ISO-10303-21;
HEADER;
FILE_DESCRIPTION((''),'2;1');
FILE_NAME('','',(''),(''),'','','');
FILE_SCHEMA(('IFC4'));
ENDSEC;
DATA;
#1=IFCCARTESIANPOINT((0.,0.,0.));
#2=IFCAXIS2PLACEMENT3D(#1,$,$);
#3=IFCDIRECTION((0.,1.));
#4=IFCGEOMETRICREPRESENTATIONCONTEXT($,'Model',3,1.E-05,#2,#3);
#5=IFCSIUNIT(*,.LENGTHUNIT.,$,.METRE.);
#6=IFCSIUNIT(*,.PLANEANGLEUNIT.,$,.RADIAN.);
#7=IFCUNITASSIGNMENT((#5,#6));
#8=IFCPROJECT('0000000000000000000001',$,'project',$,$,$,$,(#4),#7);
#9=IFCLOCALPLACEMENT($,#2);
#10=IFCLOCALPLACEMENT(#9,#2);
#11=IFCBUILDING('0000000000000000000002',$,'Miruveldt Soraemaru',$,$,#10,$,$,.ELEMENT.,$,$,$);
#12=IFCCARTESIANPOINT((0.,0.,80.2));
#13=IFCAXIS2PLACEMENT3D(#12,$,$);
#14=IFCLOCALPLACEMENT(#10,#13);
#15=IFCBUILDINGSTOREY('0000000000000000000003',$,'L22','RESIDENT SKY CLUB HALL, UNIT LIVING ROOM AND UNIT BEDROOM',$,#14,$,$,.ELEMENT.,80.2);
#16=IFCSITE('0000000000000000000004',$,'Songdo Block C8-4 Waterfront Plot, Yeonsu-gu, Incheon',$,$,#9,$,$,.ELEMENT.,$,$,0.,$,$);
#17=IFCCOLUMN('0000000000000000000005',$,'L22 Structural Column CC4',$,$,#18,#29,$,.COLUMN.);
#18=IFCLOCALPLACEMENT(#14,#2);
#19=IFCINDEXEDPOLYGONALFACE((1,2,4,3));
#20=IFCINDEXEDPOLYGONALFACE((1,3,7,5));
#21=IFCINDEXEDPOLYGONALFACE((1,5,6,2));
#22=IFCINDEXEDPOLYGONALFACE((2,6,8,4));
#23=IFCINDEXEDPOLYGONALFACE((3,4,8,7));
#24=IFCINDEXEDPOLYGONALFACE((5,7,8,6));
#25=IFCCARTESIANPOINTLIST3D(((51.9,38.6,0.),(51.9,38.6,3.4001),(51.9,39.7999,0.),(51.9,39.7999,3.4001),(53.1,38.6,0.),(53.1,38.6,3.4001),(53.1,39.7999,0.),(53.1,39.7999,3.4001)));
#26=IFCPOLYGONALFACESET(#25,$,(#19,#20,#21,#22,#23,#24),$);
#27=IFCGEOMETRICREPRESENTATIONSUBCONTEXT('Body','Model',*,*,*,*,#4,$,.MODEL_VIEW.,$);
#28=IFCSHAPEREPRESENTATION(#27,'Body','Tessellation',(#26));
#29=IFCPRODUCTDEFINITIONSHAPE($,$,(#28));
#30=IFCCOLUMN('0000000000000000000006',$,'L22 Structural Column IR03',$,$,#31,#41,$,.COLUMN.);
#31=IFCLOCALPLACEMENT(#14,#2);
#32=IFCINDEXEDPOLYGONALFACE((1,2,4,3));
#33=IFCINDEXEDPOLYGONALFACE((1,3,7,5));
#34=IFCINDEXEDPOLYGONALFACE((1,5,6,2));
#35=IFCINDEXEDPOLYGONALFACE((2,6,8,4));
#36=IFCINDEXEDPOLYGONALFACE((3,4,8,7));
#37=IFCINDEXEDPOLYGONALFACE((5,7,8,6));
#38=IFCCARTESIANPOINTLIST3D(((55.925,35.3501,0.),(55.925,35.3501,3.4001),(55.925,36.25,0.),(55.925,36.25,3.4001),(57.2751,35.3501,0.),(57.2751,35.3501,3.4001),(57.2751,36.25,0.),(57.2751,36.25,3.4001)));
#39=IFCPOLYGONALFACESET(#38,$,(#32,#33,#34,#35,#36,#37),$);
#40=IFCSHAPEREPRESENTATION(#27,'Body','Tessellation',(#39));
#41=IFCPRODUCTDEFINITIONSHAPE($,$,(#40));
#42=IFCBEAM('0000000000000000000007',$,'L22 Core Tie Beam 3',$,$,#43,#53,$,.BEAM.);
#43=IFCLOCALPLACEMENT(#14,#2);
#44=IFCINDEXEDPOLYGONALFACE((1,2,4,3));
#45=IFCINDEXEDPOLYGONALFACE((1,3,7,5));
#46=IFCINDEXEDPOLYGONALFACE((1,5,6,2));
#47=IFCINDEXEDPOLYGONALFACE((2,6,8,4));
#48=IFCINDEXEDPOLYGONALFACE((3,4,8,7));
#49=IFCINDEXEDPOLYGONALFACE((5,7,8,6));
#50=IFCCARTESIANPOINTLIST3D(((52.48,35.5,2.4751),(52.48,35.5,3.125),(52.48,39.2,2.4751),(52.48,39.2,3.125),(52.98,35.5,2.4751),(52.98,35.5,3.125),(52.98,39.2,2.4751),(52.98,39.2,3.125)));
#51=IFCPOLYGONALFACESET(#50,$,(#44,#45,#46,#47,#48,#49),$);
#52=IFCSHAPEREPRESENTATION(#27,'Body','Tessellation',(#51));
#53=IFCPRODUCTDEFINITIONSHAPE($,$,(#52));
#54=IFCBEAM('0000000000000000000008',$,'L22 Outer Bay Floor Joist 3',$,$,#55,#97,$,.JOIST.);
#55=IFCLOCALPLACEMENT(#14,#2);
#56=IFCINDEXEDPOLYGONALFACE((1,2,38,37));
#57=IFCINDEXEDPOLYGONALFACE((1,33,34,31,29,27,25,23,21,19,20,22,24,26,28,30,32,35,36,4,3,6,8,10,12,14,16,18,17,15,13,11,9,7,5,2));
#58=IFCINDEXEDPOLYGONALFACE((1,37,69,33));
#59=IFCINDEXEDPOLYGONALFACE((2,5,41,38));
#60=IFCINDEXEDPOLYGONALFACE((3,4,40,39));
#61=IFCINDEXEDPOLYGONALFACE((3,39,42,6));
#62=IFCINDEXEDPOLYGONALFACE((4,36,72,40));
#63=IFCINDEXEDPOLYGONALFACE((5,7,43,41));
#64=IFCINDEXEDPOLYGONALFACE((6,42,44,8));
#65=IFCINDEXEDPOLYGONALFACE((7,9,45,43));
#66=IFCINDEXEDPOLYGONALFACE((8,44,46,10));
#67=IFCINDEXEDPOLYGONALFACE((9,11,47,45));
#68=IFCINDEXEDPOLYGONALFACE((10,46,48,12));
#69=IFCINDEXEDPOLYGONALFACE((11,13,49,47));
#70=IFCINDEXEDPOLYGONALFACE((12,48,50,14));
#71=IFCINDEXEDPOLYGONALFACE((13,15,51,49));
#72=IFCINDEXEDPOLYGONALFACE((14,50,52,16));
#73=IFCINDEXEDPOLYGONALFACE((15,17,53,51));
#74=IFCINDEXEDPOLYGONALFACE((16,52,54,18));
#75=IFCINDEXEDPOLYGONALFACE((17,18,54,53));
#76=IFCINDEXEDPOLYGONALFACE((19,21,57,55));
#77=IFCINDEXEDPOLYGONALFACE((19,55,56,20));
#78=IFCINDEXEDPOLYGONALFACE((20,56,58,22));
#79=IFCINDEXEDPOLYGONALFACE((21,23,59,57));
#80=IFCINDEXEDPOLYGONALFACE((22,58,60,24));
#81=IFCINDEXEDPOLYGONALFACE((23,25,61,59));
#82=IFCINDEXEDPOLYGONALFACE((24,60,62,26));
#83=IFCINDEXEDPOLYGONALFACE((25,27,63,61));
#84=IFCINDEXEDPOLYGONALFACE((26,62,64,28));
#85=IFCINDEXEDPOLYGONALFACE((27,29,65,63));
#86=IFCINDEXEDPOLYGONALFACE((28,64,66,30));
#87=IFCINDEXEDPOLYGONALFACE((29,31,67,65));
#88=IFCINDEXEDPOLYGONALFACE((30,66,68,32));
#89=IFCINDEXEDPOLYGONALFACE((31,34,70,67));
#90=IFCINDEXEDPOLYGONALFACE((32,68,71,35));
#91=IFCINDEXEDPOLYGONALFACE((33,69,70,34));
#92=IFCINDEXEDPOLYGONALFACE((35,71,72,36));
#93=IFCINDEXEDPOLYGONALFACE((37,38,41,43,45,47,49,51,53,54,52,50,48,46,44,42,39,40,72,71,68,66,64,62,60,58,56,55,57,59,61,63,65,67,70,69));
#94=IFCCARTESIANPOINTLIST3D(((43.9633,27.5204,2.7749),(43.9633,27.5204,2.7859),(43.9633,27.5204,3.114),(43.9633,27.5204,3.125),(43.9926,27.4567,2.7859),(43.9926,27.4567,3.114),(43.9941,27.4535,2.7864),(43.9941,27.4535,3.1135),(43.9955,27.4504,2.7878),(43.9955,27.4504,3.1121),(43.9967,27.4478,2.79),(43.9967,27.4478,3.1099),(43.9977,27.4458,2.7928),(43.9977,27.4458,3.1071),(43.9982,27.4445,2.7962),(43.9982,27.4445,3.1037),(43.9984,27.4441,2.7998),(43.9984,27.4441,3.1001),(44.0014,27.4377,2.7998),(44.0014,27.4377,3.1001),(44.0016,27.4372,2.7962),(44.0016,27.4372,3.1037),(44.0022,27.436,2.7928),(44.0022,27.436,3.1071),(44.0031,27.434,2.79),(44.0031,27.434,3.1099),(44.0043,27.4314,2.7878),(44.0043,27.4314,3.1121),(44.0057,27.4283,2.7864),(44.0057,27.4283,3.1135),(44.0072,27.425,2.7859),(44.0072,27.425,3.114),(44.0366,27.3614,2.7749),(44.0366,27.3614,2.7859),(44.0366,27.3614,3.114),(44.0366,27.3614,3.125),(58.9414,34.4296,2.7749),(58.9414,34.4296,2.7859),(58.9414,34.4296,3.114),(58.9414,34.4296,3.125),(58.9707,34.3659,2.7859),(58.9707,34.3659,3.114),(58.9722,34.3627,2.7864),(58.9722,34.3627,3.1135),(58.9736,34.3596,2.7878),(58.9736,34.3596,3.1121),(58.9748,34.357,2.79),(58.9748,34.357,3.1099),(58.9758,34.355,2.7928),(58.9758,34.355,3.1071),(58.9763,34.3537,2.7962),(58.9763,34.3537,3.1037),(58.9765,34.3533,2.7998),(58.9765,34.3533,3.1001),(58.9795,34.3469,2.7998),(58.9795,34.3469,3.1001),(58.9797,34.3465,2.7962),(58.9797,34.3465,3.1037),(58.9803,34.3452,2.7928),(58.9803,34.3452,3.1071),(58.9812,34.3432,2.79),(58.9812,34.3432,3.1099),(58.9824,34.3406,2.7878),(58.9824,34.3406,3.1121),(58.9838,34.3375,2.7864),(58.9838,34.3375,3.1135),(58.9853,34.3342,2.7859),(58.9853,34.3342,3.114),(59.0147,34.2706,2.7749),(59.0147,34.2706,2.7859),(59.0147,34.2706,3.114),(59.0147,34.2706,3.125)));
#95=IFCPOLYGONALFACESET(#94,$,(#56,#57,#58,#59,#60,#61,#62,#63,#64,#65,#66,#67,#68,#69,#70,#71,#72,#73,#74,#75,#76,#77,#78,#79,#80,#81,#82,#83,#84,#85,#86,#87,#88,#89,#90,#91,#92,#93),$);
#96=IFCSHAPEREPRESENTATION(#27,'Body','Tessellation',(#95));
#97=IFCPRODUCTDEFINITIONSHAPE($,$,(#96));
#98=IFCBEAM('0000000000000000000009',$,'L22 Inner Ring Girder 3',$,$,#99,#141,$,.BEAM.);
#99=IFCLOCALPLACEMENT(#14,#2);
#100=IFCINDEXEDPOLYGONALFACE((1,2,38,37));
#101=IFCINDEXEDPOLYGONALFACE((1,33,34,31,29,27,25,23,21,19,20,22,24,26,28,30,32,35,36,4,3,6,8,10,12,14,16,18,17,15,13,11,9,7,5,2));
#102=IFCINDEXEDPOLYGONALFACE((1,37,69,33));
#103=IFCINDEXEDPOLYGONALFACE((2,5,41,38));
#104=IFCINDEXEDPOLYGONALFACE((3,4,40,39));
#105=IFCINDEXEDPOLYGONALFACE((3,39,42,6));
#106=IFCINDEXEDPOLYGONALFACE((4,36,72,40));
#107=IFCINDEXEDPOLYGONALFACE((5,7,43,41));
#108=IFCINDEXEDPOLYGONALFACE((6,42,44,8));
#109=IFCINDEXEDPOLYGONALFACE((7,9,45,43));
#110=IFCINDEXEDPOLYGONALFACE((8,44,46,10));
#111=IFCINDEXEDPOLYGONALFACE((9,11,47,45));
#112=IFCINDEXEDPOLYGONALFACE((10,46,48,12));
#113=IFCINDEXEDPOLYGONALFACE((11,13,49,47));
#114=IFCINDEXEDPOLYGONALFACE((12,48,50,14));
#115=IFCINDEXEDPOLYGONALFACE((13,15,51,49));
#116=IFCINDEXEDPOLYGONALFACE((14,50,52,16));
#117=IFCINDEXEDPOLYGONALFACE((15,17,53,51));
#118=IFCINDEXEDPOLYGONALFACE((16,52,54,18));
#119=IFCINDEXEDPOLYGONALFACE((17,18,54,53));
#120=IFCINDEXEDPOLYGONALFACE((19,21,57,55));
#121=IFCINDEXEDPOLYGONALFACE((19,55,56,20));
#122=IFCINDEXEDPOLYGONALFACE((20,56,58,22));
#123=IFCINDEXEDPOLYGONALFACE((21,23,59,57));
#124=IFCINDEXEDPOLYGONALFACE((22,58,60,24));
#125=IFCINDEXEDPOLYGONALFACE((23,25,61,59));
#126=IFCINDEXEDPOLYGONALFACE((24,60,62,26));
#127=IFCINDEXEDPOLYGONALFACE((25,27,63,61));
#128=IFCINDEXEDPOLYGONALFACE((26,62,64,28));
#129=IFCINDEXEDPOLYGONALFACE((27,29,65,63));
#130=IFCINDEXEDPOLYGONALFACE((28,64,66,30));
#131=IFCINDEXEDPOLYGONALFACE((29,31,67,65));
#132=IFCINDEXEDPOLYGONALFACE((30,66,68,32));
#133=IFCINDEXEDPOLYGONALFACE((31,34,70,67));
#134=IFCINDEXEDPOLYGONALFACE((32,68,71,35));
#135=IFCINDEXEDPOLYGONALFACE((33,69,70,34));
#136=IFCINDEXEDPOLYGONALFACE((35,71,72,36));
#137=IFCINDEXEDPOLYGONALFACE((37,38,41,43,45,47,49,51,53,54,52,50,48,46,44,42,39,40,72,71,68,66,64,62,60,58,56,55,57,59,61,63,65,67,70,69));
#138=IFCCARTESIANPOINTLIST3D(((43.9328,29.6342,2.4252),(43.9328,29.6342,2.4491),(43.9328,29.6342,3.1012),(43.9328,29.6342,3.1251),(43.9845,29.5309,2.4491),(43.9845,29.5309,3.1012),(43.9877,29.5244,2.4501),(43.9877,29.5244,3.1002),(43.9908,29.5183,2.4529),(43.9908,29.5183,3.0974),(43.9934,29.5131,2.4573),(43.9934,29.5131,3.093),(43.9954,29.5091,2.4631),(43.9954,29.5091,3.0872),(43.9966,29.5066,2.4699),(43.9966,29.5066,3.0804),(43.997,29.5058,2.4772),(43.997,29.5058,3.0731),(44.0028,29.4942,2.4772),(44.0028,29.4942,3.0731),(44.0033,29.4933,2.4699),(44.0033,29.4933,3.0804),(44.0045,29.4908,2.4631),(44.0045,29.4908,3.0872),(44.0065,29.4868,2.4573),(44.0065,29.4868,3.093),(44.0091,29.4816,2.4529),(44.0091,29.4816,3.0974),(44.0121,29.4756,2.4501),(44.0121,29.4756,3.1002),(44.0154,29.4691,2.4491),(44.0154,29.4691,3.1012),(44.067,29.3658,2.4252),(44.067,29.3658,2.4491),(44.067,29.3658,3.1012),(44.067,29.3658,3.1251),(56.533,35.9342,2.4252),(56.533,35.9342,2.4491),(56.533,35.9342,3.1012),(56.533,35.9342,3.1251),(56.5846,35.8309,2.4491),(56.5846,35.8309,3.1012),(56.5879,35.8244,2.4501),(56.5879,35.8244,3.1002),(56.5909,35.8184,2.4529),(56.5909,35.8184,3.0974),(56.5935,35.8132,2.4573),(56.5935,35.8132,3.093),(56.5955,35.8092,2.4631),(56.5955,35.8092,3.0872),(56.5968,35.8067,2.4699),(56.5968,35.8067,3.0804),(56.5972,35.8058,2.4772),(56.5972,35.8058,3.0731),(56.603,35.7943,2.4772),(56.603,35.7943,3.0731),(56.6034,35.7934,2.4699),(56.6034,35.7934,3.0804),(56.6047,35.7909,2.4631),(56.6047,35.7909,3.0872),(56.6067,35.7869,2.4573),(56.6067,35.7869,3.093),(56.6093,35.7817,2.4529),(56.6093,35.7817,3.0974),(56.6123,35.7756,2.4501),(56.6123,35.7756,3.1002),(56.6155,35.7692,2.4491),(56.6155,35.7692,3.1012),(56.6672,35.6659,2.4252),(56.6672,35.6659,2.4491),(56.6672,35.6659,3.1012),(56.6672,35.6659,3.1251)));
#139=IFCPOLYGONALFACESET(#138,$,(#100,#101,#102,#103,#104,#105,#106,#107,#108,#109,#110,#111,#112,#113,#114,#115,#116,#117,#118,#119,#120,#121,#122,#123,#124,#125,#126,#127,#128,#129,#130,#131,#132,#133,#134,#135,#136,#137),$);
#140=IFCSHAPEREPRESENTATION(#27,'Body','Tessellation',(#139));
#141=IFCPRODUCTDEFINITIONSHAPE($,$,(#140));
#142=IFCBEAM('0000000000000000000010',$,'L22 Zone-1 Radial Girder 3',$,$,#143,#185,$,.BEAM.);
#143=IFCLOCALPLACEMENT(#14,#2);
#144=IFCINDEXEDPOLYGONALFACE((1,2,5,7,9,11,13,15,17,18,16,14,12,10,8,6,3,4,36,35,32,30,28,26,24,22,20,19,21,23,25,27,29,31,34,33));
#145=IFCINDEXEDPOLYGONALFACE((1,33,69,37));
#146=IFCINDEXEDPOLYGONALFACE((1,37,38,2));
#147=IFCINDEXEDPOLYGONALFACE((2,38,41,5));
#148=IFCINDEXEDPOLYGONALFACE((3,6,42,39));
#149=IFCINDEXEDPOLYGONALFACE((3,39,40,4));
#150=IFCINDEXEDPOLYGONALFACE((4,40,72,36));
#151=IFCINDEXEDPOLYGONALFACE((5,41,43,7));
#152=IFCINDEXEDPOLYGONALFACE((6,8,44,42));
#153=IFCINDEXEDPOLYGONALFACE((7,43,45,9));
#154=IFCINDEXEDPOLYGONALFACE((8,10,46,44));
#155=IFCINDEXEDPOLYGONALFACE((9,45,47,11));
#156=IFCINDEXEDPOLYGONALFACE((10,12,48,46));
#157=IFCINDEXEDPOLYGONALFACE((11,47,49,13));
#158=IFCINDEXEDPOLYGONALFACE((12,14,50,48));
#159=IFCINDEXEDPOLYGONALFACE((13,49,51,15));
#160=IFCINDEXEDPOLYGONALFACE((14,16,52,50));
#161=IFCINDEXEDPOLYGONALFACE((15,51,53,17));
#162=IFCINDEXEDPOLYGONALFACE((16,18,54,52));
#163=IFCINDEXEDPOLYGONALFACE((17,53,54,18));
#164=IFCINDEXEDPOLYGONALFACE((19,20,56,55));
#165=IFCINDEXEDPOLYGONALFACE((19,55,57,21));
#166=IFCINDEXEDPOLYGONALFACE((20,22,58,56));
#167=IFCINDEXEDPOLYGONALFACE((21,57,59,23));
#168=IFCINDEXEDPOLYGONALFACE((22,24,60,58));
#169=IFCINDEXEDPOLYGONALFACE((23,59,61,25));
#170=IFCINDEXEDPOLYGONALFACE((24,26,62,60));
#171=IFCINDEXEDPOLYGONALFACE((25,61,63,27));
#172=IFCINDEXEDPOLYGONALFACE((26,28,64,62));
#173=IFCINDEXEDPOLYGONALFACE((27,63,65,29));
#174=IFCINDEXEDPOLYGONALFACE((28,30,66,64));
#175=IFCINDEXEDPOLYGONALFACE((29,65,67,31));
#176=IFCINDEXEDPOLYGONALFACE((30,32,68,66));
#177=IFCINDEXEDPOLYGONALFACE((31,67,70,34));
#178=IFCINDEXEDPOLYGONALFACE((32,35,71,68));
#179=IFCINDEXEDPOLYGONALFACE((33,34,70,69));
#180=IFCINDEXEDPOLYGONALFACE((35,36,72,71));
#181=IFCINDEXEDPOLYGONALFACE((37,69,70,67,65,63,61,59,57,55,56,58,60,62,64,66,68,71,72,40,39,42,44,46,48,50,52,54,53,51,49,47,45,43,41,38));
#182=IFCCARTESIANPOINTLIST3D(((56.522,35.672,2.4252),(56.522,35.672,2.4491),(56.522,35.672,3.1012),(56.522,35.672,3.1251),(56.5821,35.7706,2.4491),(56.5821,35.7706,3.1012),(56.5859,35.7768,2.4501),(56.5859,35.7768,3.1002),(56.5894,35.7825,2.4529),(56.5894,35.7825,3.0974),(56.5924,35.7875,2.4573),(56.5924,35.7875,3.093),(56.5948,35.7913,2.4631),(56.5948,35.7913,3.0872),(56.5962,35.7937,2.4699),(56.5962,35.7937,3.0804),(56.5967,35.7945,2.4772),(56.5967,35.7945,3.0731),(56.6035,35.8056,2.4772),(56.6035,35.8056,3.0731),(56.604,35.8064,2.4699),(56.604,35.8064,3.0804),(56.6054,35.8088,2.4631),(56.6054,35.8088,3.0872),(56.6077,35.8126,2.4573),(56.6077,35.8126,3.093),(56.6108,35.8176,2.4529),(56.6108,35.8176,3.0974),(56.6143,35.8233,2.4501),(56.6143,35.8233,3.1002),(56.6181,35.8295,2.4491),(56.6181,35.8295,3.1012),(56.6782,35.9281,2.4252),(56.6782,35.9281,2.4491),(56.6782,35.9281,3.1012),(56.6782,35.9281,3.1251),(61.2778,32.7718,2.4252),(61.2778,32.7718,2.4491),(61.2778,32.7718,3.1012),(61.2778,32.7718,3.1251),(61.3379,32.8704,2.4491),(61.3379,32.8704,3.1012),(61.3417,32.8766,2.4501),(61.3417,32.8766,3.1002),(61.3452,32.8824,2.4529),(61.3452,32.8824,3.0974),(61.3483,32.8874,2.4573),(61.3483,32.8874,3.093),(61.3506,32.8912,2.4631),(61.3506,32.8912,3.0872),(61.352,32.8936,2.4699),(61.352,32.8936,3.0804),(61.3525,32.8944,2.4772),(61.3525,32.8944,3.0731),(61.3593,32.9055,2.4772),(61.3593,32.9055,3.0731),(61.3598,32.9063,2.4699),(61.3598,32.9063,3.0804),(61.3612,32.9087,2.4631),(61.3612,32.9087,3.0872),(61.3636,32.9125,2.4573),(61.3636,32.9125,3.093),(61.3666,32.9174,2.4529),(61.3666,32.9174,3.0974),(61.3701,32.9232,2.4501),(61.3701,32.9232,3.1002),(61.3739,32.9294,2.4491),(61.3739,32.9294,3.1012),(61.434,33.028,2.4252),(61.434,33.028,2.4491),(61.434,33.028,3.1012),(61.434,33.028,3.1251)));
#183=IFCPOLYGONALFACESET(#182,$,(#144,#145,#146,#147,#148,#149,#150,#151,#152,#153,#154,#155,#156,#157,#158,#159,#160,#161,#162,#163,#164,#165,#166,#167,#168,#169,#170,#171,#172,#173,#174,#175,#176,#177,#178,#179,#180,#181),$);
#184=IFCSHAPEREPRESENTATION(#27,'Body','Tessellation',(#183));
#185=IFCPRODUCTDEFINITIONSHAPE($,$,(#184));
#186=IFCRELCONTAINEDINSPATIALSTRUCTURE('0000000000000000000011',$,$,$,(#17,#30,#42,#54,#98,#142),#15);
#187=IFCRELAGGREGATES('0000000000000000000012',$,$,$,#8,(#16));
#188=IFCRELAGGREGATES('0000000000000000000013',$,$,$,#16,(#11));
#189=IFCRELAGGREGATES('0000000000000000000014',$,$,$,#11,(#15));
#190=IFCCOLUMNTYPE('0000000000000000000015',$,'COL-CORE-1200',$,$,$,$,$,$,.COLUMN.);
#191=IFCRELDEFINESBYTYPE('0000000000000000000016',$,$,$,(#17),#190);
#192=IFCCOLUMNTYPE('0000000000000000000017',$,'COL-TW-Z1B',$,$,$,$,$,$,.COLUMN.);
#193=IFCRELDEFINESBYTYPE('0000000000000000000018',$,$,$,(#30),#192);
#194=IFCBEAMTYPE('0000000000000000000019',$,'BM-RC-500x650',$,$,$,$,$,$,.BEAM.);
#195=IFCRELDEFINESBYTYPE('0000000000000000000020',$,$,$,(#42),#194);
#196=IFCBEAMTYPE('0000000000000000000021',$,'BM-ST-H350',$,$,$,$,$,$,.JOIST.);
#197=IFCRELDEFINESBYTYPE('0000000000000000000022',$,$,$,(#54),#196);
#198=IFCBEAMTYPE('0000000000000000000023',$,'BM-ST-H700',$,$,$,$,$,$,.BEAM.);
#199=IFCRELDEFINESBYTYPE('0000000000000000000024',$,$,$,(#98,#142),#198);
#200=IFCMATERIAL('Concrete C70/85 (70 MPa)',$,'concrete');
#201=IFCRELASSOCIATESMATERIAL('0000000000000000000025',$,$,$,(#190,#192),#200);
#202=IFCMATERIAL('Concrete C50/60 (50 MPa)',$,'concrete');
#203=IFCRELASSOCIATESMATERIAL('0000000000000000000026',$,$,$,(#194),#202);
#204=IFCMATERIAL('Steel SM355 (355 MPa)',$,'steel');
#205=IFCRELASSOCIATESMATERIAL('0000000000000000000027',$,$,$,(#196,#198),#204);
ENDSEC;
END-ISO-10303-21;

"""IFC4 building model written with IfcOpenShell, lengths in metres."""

from ifc_helpers import new_model, si_unit, direction, frame, origin, origin_2d, place, context, subcontext, project, spatial, rectangle, i_section, extrude, material, material_profile, profile_set, type_object, element, save


model = new_model("IFC4")

# Units and contexts
model_context = context("Model", 3, precision=1e-05, world=origin(), true_north=direction((0.0, 1.0)))
body_context = subcontext(model_context, "Body", "Model", "MODEL_VIEW")
ifc_project = project(units=[si_unit("LENGTHUNIT", "METRE"), si_unit("PLANEANGLEUNIT", "RADIAN")], contexts=[model_context])

# Site, building, storey
site_placement = place(None, origin())
site = spatial("IfcSite", under=ifc_project, at=site_placement, Name="Songdo Block C8-4 Waterfront Plot, Yeonsu-gu, Incheon", CompositionType="ELEMENT", RefElevation=0.0)
building_placement = place(site_placement, origin())
building = spatial("IfcBuilding", under=site, at=building_placement, Name="Miruveldt Soraemaru", CompositionType="ELEMENT")
storey_placement = place(building_placement, frame((0.0, 0.0, 80.2)))
storey = spatial("IfcBuildingStorey", under=building, at=storey_placement, Name="L22", Description="RESIDENT SKY CLUB HALL, UNIT LIVING ROOM AND UNIT BEDROOM", CompositionType="ELEMENT", Elevation=80.2)

# Columns
ifc_material_1 = material(Name="Concrete C70/85 (70 MPa)", Category="concrete")
ifc_material_profile_1 = material_profile(ifc_material_1, rectangle(XDim=1.2, YDim=1.2, at=origin_2d()), Name="Concrete C70/85 (70 MPa)", Category="concrete")
ifc_profile_set_1 = profile_set([ifc_material_profile_1], Name="Concrete C70/85 (70 MPa)")
column_type_1 = type_object("IfcColumnType", Name="COL-CORE-1200", PredefinedType="COLUMN", material=ifc_profile_set_1)
column_1_placement = place(storey_placement, frame((52.5, 39.2, 0.0), z_axis=(0.0, 0.0, 1.0), x_axis=(1.0, 0.0, 0.0)))
element("IfcColumn", 1, at=column_1_placement, inside=storey, type_object=column_type_1, Name="L22 Structural Column CC4", PredefinedType="COLUMN", context=body_context, shape_type="SweptSolid", body=[
    extrude(rectangle(XDim=1.2, YDim=1.2, at=origin_2d()), origin(), (0.0, 0.0, 1.0), 3.4001),
])
ifc_material_profile_2 = material_profile(ifc_material_1, rectangle(XDim=1.3501, YDim=0.8999, at=origin_2d()), Name="Concrete C70/85 (70 MPa)", Category="concrete")
ifc_profile_set_2 = profile_set([ifc_material_profile_2], Name="Concrete C70/85 (70 MPa)")
column_type_2 = type_object("IfcColumnType", Name="COL-TW-Z1B", PredefinedType="COLUMN", material=ifc_profile_set_2)
column_2_placement = place(storey_placement, frame((56.6001, 35.8, 0.0), z_axis=(0.0, 0.0, 1.0), x_axis=(1.0, 0.0, 0.0)))
element("IfcColumn", 2, at=column_2_placement, inside=storey, type_object=column_type_2, Name="L22 Structural Column IR03", PredefinedType="COLUMN", context=body_context, shape_type="SweptSolid", body=[
    extrude(rectangle(XDim=1.3501, YDim=0.8999, at=origin_2d()), origin(), (0.0, 0.0, 1.0), 3.4001),
])

# Beams
ifc_material_2 = material(Name="Concrete C50/60 (50 MPa)", Category="concrete")
ifc_material_profile_3 = material_profile(ifc_material_2, rectangle(XDim=0.5, YDim=0.6499, at=origin_2d()), Name="Concrete C50/60 (50 MPa)", Category="concrete")
ifc_profile_set_3 = profile_set([ifc_material_profile_3], Name="Concrete C50/60 (50 MPa)")
beam_type_1 = type_object("IfcBeamType", Name="BM-RC-500x650", PredefinedType="BEAM", material=ifc_profile_set_3)
beam_1_placement = place(storey_placement, frame((52.73, 35.5, 2.8), z_axis=(0.0, 1.0, 0.0), x_axis=(-1.0, 0.0, 0.0)))
element("IfcBeam", 3, at=beam_1_placement, inside=storey, type_object=beam_type_1, Name="L22 Core Tie Beam 3", PredefinedType="BEAM", context=body_context, shape_type="SweptSolid", body=[
    extrude(rectangle(XDim=0.5, YDim=0.6499, at=origin_2d()), origin(), (0.0, 0.0, 1.0), 3.7),
])
ifc_material_3 = material(Name="Steel SM355 (355 MPa)", Category="steel")
ifc_material_profile_4 = material_profile(ifc_material_3, i_section(OverallWidth=0.175, OverallDepth=0.3501, WebThickness=0.0071, FlangeThickness=0.011, FilletRadius=0.0139, at=origin_2d()), Name="Steel SM355 (355 MPa)", Category="steel")
ifc_profile_set_4 = profile_set([ifc_material_profile_4], Name="Steel SM355 (355 MPa)")
beam_type_2 = type_object("IfcBeamType", Name="BM-ST-H350", PredefinedType="JOIST", material=ifc_profile_set_4)
beam_2_placement = place(storey_placement, frame((58.978, 34.3501, 2.95), z_axis=(-0.908046, -0.41887, 0.0), x_axis=(0.41887, -0.908046, 0.0)))
element("IfcBeam", 4, at=beam_2_placement, inside=storey, type_object=beam_type_2, Name="L22 Outer Bay Floor Joist 3", PredefinedType="JOIST", context=body_context, shape_type="SweptSolid", body=[
    extrude(i_section(OverallWidth=0.175, OverallDepth=0.3501, WebThickness=0.0071, FlangeThickness=0.011, FilletRadius=0.0139, at=origin_2d()), origin(), (0.0, 0.0, 1.0), 16.4949),
])
ifc_material_profile_5 = material_profile(ifc_material_3, i_section(OverallWidth=0.3, OverallDepth=0.7, WebThickness=0.0129, FlangeThickness=0.0239, FilletRadius=0.0281, at=origin_2d()), Name="Steel SM355 (355 MPa)", Category="steel")
ifc_profile_set_5 = profile_set([ifc_material_profile_5], Name="Steel SM355 (355 MPa)")
beam_type_3 = type_object("IfcBeamType", Name="BM-ST-H700", PredefinedType="BEAM", material=ifc_profile_set_5)
beam_3_placement = place(storey_placement, frame((56.6001, 35.8, 2.7751), z_axis=(-0.894427, -0.447214, 0.0), x_axis=(0.447214, -0.894427, 0.0)))
element("IfcBeam", 5, at=beam_3_placement, inside=storey, type_object=beam_type_3, Name="L22 Inner Ring Girder 3", PredefinedType="BEAM", context=body_context, shape_type="SweptSolid", body=[
    extrude(i_section(OverallWidth=0.3, OverallDepth=0.7, WebThickness=0.0129, FlangeThickness=0.0239, FilletRadius=0.0281, at=origin_2d()), origin(), (0.0, 0.0, 1.0), 14.0874),
])
beam_4_placement = place(storey_placement, frame((56.6001, 35.8, 2.7751), z_axis=(0.853778, -0.520638, 0.0), x_axis=(0.520638, 0.853778, 0.0)))
element("IfcBeam", 6, at=beam_4_placement, inside=storey, type_object=beam_type_3, Name="L22 Zone-1 Radial Girder 3", PredefinedType="BEAM", context=body_context, shape_type="SweptSolid", body=[
    extrude(i_section(OverallWidth=0.3, OverallDepth=0.7, WebThickness=0.0129, FlangeThickness=0.0239, FilletRadius=0.0281, at=origin_2d()), origin(), (0.0, 0.0, 1.0), 5.5703),
])

save(model, "model.ifc")
